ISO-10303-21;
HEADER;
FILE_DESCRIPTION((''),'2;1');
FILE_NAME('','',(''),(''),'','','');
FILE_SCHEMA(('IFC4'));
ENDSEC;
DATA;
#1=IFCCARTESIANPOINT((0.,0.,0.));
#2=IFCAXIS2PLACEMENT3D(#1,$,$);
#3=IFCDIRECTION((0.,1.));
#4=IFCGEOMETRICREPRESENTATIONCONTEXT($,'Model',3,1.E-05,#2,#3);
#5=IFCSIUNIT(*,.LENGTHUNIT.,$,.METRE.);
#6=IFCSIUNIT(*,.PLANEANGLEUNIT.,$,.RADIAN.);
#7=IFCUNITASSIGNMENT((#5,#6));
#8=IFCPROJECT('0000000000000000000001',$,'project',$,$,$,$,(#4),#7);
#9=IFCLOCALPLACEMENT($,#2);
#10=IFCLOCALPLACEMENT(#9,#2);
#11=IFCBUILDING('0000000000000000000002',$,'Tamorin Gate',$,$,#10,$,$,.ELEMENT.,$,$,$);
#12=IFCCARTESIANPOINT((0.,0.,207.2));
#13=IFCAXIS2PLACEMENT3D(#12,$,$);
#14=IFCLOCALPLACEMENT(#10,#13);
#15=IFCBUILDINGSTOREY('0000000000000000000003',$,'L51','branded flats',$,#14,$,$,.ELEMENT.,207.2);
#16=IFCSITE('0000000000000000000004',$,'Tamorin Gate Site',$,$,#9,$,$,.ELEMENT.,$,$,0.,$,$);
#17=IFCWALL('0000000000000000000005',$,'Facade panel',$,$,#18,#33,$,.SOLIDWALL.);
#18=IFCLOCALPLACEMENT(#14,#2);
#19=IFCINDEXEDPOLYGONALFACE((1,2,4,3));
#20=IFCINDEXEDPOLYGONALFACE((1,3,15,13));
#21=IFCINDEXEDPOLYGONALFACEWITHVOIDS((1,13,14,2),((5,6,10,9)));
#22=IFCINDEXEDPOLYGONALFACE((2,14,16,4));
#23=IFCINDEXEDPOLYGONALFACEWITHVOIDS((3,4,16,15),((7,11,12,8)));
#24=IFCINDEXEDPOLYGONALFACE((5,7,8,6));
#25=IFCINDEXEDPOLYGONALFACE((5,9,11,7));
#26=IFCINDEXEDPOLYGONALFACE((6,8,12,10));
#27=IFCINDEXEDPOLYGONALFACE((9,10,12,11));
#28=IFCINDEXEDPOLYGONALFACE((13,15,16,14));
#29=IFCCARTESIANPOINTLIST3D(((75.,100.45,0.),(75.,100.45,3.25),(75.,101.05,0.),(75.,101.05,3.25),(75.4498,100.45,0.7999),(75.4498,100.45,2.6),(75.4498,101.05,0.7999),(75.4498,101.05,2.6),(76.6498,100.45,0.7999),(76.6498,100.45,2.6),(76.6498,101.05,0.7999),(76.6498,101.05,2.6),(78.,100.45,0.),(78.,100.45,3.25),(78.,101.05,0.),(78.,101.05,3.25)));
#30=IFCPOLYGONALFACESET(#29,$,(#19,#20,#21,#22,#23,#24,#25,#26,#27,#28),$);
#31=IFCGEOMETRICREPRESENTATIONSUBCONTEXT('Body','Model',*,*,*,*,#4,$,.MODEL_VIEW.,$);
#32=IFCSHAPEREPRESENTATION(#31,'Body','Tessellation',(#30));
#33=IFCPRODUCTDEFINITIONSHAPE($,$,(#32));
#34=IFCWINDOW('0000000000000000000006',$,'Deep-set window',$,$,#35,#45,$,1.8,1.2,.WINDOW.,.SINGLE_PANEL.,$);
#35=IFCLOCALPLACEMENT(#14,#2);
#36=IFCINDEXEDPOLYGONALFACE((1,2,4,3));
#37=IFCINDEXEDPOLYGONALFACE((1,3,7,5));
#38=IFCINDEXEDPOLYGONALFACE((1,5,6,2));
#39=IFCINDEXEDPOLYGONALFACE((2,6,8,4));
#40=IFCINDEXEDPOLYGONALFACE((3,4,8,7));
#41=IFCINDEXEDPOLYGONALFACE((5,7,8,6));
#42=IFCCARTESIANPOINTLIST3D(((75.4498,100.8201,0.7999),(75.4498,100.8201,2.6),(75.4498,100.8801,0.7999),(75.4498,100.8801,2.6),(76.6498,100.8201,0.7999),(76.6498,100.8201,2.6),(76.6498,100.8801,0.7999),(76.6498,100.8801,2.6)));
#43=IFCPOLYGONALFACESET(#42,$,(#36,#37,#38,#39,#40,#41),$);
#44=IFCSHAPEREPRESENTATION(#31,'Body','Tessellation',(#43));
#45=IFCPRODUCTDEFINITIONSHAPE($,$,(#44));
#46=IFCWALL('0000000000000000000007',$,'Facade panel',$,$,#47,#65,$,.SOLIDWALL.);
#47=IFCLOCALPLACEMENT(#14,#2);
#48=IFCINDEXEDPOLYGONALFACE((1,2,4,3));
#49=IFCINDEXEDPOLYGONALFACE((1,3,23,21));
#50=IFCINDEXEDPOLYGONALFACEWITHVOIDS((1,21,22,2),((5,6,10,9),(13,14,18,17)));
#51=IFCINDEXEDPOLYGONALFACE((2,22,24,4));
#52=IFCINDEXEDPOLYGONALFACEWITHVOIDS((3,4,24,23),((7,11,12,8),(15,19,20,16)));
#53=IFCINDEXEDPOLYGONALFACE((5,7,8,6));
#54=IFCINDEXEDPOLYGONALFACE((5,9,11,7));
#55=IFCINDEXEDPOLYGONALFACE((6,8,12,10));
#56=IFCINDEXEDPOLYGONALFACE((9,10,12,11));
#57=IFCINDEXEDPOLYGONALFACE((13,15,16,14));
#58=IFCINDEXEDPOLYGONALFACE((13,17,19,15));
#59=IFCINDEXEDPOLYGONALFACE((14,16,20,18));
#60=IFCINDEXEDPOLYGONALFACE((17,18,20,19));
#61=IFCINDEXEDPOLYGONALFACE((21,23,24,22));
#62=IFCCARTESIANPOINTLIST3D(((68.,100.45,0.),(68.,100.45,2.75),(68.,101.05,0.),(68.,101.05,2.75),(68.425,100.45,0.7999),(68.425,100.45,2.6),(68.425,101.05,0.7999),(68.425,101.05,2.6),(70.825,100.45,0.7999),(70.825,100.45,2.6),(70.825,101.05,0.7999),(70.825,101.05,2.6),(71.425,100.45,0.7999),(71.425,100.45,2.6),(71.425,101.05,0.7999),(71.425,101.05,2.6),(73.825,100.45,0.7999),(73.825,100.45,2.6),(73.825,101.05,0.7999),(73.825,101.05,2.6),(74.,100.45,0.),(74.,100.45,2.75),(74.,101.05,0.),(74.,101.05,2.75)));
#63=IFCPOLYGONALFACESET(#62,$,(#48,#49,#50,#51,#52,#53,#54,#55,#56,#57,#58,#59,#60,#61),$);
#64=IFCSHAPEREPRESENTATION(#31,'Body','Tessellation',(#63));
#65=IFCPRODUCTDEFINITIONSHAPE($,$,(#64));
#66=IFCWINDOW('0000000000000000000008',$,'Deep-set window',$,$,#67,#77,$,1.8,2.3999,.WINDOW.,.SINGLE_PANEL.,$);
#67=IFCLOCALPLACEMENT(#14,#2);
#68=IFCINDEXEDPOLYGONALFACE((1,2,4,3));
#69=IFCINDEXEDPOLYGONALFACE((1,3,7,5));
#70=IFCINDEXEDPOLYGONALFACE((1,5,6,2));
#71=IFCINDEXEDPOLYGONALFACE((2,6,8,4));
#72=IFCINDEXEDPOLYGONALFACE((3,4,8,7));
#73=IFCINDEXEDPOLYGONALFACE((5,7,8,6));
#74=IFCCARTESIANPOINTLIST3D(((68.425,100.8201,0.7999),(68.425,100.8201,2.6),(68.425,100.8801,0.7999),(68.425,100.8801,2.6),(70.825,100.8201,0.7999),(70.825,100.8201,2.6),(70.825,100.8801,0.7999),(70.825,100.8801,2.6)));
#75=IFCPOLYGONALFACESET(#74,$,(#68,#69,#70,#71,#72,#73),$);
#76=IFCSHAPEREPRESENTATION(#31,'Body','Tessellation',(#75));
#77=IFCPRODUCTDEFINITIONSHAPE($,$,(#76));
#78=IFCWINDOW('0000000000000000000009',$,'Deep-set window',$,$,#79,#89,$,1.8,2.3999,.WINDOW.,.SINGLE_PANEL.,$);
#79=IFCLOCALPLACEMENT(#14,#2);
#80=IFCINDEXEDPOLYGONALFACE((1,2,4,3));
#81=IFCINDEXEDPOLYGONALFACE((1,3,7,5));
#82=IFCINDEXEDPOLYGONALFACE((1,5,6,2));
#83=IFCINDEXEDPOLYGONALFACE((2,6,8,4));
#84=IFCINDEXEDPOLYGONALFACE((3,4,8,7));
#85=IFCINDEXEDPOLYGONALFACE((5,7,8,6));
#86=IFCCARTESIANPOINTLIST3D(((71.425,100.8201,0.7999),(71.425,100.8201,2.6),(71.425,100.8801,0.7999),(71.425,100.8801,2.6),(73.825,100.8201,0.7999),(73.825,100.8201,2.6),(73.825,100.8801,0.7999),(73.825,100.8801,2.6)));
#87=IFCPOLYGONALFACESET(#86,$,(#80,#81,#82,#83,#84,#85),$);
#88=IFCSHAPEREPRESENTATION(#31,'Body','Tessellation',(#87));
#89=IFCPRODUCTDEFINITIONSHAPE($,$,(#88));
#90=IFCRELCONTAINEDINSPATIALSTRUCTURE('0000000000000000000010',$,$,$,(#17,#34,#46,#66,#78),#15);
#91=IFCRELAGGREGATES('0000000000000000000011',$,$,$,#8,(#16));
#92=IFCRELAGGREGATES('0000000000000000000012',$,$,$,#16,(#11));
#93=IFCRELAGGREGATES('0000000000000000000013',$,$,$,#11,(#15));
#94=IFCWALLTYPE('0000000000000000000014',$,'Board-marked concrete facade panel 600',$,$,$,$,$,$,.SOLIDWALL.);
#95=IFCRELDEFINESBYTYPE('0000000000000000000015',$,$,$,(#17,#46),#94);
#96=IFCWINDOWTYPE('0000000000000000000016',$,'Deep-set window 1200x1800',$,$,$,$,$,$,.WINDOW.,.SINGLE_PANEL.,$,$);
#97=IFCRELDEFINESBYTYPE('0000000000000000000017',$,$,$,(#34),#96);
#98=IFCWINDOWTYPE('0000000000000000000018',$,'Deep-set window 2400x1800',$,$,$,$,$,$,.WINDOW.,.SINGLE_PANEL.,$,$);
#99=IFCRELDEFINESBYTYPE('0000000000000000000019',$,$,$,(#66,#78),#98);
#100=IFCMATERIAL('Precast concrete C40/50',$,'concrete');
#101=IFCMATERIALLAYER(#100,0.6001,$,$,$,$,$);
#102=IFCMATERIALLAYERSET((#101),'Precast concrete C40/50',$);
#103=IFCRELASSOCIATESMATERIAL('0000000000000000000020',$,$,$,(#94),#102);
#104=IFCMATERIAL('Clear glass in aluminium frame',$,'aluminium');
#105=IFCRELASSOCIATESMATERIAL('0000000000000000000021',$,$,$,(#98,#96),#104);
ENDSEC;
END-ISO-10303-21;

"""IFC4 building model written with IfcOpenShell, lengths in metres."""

from ifc_helpers import new_model, si_unit, direction, frame, frame_2d, origin, place, context, subcontext, project, spatial, rectangle, extrude, material, layer, layer_set, type_object, element, fill, save


model = new_model("IFC4")

# Units and contexts
model_context = context("Model", 3, precision=1e-05, world=origin(), true_north=direction((0.0, 1.0)))
body_context = subcontext(model_context, "Body", "Model", "MODEL_VIEW")
ifc_project = project(units=[si_unit("LENGTHUNIT", "METRE"), si_unit("PLANEANGLEUNIT", "RADIAN")], contexts=[model_context])

# Site, building, storey
site_placement = place(None, origin())
site = spatial("IfcSite", under=ifc_project, at=site_placement, Name="Tamorin Gate Site", CompositionType="ELEMENT", RefElevation=0.0)
building_placement = place(site_placement, origin())
building = spatial("IfcBuilding", under=site, at=building_placement, Name="Tamorin Gate", CompositionType="ELEMENT")
storey_placement = place(building_placement, frame((0.0, 0.0, 207.2)))
storey = spatial("IfcBuildingStorey", under=building, at=storey_placement, Name="L51", Description="branded flats", CompositionType="ELEMENT", Elevation=207.2)

# Shared definitions
ifc_material_1 = material(Name="Precast concrete C40/50", Category="concrete")
ifc_layer = layer(ifc_material_1, 0.6001)
ifc_layer_set = layer_set([ifc_layer], Name="Precast concrete C40/50")
wall_type = type_object("IfcWallType", Name="Board-marked concrete facade panel 600", PredefinedType="SOLIDWALL", material=ifc_layer_set)
ifc_material_2 = material(Name="Clear glass in aluminium frame", Category="aluminium")
window_type_1 = type_object("IfcWindowType", Name="Deep-set window 2400x1800", PartitioningType="SINGLE_PANEL", PredefinedType="WINDOW", material=ifc_material_2)
window_type_2 = type_object("IfcWindowType", Name="Deep-set window 1200x1800", PartitioningType="SINGLE_PANEL", PredefinedType="WINDOW", material=ifc_material_2)

# Wall, opening, window
wall_1_placement = place(storey_placement, frame((78.0, 100.75, 0.0), z_axis=(0.0, 0.0, 1.0), x_axis=(-1.0, 0.0, 0.0)))
wall_1 = element("IfcWall", 1, at=wall_1_placement, inside=storey, type_object=wall_type, Name="Facade panel", PredefinedType="SOLIDWALL", context=body_context, shape_type="SweptSolid", body=[
    extrude(rectangle(XDim=3.0, YDim=0.6001, at=frame_2d((1.5, 0.0))), origin(), (0.0, 0.0, 1.0), 3.25),
])
opening_1_placement = place(wall_1_placement, frame((1.3501, 0.0, 0.8)))
opening_1 = element("IfcOpeningElement", 2, at=opening_1_placement, cuts=wall_1, PredefinedType="OPENING", context=body_context, shape_type="SweptSolid", body=[
    extrude(rectangle(XDim=1.2, YDim=1.8, at=frame_2d((0.6001, 0.8999))), frame((0.0, 0.3101, 0.0), z_axis=(0.0, -1.0, 0.0), x_axis=(1.0, 0.0, 0.0)), (0.0, 0.0, 1.0), 0.6201),
])
window_1_placement = place(opening_1_placement, origin())
window_1 = element("IfcWindow", 3, at=window_1_placement, inside=storey, type_object=window_type_2, Name="Deep-set window", OverallHeight=1.8, OverallWidth=1.2, PartitioningType="SINGLE_PANEL", PredefinedType="WINDOW", context=body_context, shape_type="SweptSolid", body=[
    extrude(rectangle(XDim=1.2, YDim=1.8, at=frame_2d((0.6001, 0.8999))), frame((0.0, -0.0701, 0.0), z_axis=(0.0, -1.0, 0.0), x_axis=(1.0, 0.0, 0.0)), (0.0, 0.0, 1.0), 0.0601),
])
fill(opening_1, window_1)

# Wall, openings, windows
wall_2_placement = place(storey_placement, frame((74.0, 100.75, 0.0), z_axis=(0.0, 0.0, 1.0), x_axis=(-1.0, 0.0, 0.0)))
wall_2 = element("IfcWall", 4, at=wall_2_placement, inside=storey, type_object=wall_type, Name="Facade panel", PredefinedType="SOLIDWALL", context=body_context, shape_type="SweptSolid", body=[
    extrude(rectangle(XDim=6.0, YDim=0.6001, at=frame_2d((3.0, 0.0))), origin(), (0.0, 0.0, 1.0), 2.75),
])
opening_2_placement = place(wall_2_placement, frame((3.175, 0.0, 0.8)))
opening_2 = element("IfcOpeningElement", 5, at=opening_2_placement, cuts=wall_2, PredefinedType="OPENING", context=body_context, shape_type="SweptSolid", body=[
    extrude(rectangle(XDim=2.3999, YDim=1.8, at=frame_2d((1.2, 0.8999))), frame((0.0, 0.3101, 0.0), z_axis=(0.0, -1.0, 0.0), x_axis=(1.0, 0.0, 0.0)), (0.0, 0.0, 1.0), 0.6201),
])
opening_3_placement = place(wall_2_placement, frame((0.175, 0.0, 0.8)))
opening_3 = element("IfcOpeningElement", 6, at=opening_3_placement, cuts=wall_2, PredefinedType="OPENING", context=body_context, shape_type="SweptSolid", body=[
    extrude(rectangle(XDim=2.3999, YDim=1.8, at=frame_2d((1.2, 0.8999))), frame((0.0, 0.3101, 0.0), z_axis=(0.0, -1.0, 0.0), x_axis=(1.0, 0.0, 0.0)), (0.0, 0.0, 1.0), 0.6201),
])
window_2_placement = place(opening_2_placement, origin())
window_2 = element("IfcWindow", 7, at=window_2_placement, inside=storey, type_object=window_type_1, Name="Deep-set window", OverallHeight=1.8, OverallWidth=2.3999, PartitioningType="SINGLE_PANEL", PredefinedType="WINDOW", context=body_context, shape_type="SweptSolid", body=[
    extrude(rectangle(XDim=2.3999, YDim=1.8, at=frame_2d((1.2, 0.8999))), frame((0.0, -0.0701, 0.0), z_axis=(0.0, -1.0, 0.0), x_axis=(1.0, 0.0, 0.0)), (0.0, 0.0, 1.0), 0.0601),
])
fill(opening_2, window_2)
window_3_placement = place(opening_3_placement, origin())
window_3 = element("IfcWindow", 8, at=window_3_placement, inside=storey, type_object=window_type_1, Name="Deep-set window", OverallHeight=1.8, OverallWidth=2.3999, PartitioningType="SINGLE_PANEL", PredefinedType="WINDOW", context=body_context, shape_type="SweptSolid", body=[
    extrude(rectangle(XDim=2.3999, YDim=1.8, at=frame_2d((1.2, 0.8999))), frame((0.0, -0.0701, 0.0), z_axis=(0.0, -1.0, 0.0), x_axis=(1.0, 0.0, 0.0)), (0.0, 0.0, 1.0), 0.0601),
])
fill(opening_3, window_3)

save(model, "model.ifc")
